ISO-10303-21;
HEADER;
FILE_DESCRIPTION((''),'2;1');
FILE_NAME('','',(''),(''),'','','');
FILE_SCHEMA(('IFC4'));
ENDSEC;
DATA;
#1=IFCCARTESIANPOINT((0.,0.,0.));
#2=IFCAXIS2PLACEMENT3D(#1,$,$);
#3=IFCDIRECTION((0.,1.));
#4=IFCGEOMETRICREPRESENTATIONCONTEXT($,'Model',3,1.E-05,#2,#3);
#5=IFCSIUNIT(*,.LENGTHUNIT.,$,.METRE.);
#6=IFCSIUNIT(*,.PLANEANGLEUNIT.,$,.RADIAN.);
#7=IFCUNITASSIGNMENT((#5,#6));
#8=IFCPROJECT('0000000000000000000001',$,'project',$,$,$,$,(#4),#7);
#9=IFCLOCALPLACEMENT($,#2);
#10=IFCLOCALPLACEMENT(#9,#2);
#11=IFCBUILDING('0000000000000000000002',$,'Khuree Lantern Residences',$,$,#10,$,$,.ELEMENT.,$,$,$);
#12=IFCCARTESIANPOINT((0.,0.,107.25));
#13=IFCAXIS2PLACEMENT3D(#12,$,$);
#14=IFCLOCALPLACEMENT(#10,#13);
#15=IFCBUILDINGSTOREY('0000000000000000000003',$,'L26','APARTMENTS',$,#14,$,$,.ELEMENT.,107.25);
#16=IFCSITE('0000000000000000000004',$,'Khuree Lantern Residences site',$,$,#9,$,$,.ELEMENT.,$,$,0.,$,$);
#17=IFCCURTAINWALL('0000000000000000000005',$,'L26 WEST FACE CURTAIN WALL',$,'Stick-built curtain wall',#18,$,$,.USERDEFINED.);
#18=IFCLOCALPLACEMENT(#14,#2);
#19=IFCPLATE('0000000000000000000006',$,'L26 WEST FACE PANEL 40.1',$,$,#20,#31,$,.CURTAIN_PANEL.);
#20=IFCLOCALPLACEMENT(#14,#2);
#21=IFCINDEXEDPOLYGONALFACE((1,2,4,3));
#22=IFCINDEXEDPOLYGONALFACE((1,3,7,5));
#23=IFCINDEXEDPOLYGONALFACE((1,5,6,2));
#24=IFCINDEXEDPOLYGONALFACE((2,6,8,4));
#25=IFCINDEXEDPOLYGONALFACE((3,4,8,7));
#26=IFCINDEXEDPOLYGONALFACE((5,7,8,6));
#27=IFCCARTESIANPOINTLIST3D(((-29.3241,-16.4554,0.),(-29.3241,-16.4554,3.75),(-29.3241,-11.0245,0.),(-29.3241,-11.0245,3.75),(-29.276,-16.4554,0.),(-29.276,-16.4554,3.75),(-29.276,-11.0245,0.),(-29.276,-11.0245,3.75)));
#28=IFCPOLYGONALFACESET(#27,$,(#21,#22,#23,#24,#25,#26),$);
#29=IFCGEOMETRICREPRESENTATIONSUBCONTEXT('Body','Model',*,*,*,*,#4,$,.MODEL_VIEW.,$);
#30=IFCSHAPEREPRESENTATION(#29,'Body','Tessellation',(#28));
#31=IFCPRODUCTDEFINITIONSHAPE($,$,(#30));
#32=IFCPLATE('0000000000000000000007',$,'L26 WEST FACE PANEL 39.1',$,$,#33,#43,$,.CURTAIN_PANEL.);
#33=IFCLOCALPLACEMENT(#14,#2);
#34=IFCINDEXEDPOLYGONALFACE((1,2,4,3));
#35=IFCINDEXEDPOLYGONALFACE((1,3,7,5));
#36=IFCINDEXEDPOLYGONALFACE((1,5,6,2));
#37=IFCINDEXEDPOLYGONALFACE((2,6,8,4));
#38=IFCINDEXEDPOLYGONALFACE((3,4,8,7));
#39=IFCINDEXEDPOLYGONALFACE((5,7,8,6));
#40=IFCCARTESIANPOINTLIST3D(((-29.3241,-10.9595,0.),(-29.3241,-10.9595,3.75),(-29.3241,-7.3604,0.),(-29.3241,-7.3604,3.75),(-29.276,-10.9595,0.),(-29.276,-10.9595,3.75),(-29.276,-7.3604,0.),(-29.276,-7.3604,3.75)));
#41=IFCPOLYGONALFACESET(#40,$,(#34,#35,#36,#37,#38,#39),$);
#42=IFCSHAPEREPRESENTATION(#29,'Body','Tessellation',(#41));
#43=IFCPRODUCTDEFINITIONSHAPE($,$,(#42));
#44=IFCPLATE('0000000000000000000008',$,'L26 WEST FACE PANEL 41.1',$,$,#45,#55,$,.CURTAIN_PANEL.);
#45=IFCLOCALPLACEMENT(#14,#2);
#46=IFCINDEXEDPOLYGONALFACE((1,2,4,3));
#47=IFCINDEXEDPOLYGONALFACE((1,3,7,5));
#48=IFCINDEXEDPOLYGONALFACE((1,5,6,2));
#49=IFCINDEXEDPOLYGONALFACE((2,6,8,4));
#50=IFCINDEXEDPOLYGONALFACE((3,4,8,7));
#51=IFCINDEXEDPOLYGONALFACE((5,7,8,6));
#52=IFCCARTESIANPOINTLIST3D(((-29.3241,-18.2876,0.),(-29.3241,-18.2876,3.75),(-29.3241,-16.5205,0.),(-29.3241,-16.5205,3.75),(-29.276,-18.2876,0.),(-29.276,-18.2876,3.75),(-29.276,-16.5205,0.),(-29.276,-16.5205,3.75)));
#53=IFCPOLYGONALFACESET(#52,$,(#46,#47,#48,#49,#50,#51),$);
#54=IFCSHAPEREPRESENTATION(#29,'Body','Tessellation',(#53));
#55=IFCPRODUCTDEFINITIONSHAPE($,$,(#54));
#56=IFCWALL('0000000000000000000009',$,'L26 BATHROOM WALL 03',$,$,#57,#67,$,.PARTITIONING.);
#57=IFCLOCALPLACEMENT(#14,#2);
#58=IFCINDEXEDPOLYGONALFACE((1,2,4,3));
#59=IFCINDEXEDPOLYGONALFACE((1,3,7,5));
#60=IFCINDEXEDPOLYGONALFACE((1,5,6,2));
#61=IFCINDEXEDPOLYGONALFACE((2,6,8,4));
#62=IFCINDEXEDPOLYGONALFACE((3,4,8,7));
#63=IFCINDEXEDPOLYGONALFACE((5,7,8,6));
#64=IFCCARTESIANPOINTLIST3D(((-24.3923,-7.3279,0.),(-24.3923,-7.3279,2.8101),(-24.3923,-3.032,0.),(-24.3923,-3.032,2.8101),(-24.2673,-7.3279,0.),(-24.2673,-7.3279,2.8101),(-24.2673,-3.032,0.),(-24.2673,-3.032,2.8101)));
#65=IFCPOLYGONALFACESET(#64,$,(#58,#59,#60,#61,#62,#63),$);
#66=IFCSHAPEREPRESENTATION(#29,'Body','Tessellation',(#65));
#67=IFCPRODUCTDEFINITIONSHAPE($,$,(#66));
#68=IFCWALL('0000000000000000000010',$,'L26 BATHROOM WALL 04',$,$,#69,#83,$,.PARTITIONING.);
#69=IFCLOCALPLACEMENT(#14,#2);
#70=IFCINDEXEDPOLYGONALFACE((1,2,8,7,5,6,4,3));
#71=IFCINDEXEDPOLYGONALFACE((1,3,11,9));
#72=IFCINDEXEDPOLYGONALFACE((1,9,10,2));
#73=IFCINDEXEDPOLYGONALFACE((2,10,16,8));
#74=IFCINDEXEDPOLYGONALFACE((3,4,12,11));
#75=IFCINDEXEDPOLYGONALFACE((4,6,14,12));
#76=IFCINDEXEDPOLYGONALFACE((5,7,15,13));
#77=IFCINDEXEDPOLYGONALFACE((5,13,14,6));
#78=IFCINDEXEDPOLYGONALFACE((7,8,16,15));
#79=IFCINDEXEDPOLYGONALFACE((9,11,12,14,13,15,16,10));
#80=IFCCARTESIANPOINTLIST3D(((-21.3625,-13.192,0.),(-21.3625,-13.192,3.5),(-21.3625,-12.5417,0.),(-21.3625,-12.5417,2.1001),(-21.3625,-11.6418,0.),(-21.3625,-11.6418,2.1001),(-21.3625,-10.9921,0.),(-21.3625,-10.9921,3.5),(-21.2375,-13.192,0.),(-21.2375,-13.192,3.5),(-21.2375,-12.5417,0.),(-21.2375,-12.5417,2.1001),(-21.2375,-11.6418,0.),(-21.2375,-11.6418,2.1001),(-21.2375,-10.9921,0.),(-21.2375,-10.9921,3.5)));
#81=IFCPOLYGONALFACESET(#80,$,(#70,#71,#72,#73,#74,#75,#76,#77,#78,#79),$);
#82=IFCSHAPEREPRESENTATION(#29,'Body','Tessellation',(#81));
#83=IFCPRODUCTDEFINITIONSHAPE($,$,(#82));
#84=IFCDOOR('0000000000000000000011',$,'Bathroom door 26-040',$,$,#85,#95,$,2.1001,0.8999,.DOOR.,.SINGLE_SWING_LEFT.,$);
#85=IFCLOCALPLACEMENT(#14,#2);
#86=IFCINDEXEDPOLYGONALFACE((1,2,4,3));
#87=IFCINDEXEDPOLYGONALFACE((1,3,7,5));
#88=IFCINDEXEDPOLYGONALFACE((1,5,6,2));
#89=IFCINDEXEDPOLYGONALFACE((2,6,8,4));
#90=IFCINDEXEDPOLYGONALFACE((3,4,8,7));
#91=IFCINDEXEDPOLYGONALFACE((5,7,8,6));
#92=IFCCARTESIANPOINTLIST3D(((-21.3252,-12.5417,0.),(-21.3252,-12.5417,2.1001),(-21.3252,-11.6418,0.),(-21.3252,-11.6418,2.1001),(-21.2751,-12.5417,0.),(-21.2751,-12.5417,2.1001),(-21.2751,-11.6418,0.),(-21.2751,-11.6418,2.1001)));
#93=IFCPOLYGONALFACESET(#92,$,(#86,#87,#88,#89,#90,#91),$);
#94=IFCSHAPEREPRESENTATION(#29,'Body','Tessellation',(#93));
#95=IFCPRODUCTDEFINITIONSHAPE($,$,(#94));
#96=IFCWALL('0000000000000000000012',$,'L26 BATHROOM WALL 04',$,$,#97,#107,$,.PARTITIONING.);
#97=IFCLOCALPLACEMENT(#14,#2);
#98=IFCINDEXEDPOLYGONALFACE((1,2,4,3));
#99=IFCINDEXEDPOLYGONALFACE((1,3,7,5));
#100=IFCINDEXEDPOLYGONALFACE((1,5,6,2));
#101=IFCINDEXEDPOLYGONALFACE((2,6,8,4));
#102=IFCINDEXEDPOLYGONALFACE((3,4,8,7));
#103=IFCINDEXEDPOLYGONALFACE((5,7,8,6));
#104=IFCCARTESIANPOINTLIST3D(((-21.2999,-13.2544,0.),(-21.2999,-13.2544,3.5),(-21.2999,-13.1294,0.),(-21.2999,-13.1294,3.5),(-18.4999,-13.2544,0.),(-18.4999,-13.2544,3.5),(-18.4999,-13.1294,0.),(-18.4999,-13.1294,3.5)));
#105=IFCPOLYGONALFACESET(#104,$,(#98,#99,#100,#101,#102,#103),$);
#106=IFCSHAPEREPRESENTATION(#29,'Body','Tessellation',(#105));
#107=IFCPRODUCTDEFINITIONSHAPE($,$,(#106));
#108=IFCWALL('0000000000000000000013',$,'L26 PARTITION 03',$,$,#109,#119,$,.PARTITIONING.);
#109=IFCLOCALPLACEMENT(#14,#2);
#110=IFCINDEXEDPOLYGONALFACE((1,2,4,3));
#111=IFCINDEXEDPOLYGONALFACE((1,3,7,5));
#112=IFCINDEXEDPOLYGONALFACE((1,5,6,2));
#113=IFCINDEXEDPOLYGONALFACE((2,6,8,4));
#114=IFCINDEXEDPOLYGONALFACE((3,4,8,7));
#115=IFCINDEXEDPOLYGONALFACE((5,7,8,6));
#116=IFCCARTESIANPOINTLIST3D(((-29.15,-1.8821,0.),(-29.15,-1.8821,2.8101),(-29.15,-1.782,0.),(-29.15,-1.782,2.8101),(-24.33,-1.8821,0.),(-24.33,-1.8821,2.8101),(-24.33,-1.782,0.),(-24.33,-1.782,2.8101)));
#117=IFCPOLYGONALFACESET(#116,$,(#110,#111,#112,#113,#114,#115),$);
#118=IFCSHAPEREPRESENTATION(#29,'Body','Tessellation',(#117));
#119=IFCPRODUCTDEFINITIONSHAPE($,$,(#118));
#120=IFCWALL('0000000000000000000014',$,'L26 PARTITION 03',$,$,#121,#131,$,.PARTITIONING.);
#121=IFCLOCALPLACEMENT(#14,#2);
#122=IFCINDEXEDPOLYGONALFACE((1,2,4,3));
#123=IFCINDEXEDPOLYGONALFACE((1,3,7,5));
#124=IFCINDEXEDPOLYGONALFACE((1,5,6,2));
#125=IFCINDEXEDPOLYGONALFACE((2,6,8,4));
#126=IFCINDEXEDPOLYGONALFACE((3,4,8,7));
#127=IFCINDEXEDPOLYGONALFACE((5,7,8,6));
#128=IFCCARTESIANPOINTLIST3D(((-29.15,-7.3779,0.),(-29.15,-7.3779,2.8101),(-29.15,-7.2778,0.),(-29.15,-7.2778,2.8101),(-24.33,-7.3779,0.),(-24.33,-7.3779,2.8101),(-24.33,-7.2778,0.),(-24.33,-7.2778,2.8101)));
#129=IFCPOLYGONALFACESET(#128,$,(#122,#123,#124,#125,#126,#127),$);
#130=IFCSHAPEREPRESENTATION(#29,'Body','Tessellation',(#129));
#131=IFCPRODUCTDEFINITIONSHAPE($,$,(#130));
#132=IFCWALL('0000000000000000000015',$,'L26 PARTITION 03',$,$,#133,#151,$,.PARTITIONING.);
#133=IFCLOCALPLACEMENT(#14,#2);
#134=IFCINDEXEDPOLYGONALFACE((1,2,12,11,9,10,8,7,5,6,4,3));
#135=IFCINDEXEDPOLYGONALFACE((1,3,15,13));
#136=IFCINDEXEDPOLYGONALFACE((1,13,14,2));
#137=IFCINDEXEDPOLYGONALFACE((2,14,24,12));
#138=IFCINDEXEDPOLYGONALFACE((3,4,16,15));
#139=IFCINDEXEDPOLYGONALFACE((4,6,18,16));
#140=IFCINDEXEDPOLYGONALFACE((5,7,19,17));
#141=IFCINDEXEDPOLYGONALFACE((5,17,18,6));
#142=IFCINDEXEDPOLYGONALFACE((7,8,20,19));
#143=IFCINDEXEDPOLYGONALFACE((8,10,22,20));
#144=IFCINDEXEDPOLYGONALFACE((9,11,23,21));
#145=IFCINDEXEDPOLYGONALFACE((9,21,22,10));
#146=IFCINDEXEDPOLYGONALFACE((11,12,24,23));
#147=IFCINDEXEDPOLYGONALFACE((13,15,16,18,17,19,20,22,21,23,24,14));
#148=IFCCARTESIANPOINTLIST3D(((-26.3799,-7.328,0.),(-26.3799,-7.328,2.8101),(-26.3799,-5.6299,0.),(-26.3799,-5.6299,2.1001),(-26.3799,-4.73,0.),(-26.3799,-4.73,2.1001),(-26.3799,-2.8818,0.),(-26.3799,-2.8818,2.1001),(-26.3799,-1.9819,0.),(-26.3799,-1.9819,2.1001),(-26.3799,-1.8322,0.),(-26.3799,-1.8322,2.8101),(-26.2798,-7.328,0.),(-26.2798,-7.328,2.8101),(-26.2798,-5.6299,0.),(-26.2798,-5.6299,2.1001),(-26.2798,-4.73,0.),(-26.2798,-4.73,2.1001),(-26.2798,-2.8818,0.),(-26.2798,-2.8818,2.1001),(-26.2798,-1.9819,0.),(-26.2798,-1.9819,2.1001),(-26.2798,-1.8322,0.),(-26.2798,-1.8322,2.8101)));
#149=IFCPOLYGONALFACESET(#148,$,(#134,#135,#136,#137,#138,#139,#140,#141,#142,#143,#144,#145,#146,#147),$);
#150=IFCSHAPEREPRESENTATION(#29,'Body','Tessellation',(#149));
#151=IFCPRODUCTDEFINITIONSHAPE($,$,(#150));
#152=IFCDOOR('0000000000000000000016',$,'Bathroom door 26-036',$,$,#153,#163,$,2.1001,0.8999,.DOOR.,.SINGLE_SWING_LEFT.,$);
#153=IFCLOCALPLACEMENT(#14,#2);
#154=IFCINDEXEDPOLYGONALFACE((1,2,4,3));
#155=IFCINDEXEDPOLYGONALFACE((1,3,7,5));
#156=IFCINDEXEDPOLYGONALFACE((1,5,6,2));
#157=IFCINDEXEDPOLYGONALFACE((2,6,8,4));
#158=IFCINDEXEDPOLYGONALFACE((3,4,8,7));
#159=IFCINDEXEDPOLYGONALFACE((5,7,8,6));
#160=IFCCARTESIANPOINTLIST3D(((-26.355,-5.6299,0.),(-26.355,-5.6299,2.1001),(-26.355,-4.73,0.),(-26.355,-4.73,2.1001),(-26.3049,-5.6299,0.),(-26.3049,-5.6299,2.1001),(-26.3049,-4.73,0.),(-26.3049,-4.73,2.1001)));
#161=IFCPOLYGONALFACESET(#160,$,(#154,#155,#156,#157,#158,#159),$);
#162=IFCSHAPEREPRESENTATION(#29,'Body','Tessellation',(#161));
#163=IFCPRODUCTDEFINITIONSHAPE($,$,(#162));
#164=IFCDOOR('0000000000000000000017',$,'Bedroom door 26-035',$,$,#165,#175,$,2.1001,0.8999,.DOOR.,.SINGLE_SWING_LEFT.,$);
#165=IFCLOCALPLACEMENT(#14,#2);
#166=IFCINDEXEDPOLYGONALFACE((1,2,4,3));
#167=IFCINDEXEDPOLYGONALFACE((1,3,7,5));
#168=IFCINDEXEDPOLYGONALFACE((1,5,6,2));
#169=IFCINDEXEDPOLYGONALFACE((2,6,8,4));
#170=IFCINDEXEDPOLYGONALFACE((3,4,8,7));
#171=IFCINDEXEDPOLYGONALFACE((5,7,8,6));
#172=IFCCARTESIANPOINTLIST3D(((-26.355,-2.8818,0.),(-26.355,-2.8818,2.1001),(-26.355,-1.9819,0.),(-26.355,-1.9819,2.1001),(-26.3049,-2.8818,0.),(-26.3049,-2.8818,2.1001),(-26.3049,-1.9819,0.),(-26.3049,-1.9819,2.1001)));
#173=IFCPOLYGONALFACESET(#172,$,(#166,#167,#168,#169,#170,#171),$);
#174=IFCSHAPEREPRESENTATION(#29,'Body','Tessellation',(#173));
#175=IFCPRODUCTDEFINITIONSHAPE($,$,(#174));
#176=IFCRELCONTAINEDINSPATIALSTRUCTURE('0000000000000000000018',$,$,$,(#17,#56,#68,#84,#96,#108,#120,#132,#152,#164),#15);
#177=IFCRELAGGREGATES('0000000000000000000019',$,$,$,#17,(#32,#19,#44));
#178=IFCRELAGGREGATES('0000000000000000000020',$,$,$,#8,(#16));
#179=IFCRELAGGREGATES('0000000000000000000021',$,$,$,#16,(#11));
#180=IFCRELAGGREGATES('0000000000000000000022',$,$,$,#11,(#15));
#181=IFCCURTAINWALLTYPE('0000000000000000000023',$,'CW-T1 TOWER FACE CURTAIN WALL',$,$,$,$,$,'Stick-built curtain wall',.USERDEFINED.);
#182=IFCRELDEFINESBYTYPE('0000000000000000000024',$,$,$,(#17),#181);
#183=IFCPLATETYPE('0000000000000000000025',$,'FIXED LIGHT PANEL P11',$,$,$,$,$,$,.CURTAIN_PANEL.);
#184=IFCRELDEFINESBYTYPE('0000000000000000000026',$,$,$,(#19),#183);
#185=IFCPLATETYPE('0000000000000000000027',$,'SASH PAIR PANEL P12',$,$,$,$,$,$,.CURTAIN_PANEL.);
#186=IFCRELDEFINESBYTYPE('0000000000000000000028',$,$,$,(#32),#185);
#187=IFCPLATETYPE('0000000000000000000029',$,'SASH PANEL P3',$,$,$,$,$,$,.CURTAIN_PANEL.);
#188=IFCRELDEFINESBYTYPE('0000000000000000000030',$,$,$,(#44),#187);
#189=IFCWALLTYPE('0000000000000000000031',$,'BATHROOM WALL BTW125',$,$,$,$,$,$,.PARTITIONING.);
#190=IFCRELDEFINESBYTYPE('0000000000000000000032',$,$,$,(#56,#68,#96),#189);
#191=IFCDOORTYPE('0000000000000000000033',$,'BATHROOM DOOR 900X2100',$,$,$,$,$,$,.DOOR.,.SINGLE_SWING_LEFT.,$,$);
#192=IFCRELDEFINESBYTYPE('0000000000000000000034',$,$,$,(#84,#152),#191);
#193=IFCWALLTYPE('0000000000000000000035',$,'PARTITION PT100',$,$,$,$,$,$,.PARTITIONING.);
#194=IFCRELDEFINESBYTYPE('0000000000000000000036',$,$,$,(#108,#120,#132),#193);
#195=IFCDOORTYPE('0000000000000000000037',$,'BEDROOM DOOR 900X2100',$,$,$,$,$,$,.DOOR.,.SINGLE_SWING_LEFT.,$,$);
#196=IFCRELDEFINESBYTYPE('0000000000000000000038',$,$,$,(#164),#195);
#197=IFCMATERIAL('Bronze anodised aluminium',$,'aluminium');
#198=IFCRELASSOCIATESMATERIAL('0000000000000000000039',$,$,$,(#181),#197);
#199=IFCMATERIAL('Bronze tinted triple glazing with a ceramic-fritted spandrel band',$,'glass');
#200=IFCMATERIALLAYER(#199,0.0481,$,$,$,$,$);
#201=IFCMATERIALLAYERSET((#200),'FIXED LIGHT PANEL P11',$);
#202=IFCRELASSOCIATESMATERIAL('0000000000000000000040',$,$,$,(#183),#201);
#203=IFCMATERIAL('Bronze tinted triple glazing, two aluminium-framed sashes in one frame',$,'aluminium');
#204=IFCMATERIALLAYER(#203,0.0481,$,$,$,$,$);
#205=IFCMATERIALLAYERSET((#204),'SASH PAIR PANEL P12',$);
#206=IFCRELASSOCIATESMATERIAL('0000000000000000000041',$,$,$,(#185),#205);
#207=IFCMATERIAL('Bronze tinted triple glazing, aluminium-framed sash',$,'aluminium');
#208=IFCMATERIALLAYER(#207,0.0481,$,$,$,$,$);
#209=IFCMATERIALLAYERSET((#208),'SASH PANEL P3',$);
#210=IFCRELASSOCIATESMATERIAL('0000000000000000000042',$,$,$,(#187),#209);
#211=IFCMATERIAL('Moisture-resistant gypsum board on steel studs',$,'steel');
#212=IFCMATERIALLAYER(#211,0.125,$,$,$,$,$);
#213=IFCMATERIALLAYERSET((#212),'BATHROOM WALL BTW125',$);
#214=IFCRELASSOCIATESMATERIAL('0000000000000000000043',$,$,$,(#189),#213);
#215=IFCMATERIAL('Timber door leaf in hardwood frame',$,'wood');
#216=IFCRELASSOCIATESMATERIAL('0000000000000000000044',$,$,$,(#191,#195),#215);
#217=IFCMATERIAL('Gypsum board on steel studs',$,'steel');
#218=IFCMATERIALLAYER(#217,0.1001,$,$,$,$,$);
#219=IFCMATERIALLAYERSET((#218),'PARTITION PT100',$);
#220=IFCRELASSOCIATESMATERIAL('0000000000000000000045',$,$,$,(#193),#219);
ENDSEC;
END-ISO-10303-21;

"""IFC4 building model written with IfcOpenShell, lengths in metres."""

from ifc_helpers import new_model, si_unit, direction, frame, frame_2d, origin, origin_2d, place, context, subcontext, project, spatial, rectangle, extrude, material, layer, layer_set, type_object, element, fill, aggregate, save


model = new_model("IFC4")

# Units and contexts
model_context = context("Model", 3, precision=1e-05, world=origin(), true_north=direction((0.0, 1.0)))
body_context = subcontext(model_context, "Body", "Model", "MODEL_VIEW")
ifc_project = project(units=[si_unit("LENGTHUNIT", "METRE"), si_unit("PLANEANGLEUNIT", "RADIAN")], contexts=[model_context])

# Site, building, storey
site_placement = place(None, origin())
site = spatial("IfcSite", under=ifc_project, at=site_placement, Name="Khuree Lantern Residences site", CompositionType="ELEMENT", RefElevation=0.0)
building_placement = place(site_placement, origin())
building = spatial("IfcBuilding", under=site, at=building_placement, Name="Khuree Lantern Residences", CompositionType="ELEMENT")
storey_placement = place(building_placement, frame((0.0, 0.0, 107.25)))
storey = spatial("IfcBuildingStorey", under=building, at=storey_placement, Name="L26", Description="APARTMENTS", CompositionType="ELEMENT", Elevation=107.25)

# Curtain wall
ifc_material_1 = material(Name="Bronze anodised aluminium", Category="aluminium")
curtain_wall_type = type_object("IfcCurtainWallType", Name="CW-T1 TOWER FACE CURTAIN WALL", ElementType="Stick-built curtain wall", PredefinedType="USERDEFINED", material=ifc_material_1)
curtain_wall_placement = place(storey_placement, origin())
curtain_wall = element("IfcCurtainWall", 1, at=curtain_wall_placement, inside=storey, type_object=curtain_wall_type, Name="L26 WEST FACE CURTAIN WALL", ObjectType="Stick-built curtain wall", PredefinedType="USERDEFINED")

# Plates
ifc_material_2 = material(Name="Bronze tinted triple glazing with a ceramic-fritted spandrel band", Category="glass")
ifc_layer_1 = layer(ifc_material_2, 0.0481)
ifc_layer_set_1 = layer_set([ifc_layer_1], Name="FIXED LIGHT PANEL P11")
plate_type_1 = type_object("IfcPlateType", Name="FIXED LIGHT PANEL P11", PredefinedType="CURTAIN_PANEL", material=ifc_layer_set_1)
plate_1_placement = place(storey_placement, frame((-29.3, -13.74, 0.0), z_axis=(0.0, 0.0, 1.0), x_axis=(0.0, -1.0, 0.0)))
plate_1 = element("IfcPlate", 2, at=plate_1_placement, type_object=plate_type_1, Name="L26 WEST FACE PANEL 40.1", PredefinedType="CURTAIN_PANEL", context=body_context, shape_type="SweptSolid", body=[
    extrude(rectangle(XDim=5.4309, YDim=0.0481, at=origin_2d()), origin(), (0.0, 0.0, 1.0), 3.75),
])
ifc_material_3 = material(Name="Bronze tinted triple glazing, two aluminium-framed sashes in one frame", Category="aluminium")
ifc_layer_2 = layer(ifc_material_3, 0.0481)
ifc_layer_set_2 = layer_set([ifc_layer_2], Name="SASH PAIR PANEL P12")
plate_type_2 = type_object("IfcPlateType", Name="SASH PAIR PANEL P12", PredefinedType="CURTAIN_PANEL", material=ifc_layer_set_2)
plate_2_placement = place(storey_placement, frame((-29.3, -9.1599, 0.0), z_axis=(0.0, 0.0, 1.0), x_axis=(0.0, -1.0, 0.0)))
plate_2 = element("IfcPlate", 3, at=plate_2_placement, type_object=plate_type_2, Name="L26 WEST FACE PANEL 39.1", PredefinedType="CURTAIN_PANEL", context=body_context, shape_type="SweptSolid", body=[
    extrude(rectangle(XDim=3.5991, YDim=0.0481, at=origin_2d()), origin(), (0.0, 0.0, 1.0), 3.75),
])
ifc_material_4 = material(Name="Bronze tinted triple glazing, aluminium-framed sash", Category="aluminium")
ifc_layer_3 = layer(ifc_material_4, 0.0481)
ifc_layer_set_3 = layer_set([ifc_layer_3], Name="SASH PANEL P3")
plate_type_3 = type_object("IfcPlateType", Name="SASH PANEL P3", PredefinedType="CURTAIN_PANEL", material=ifc_layer_set_3)
plate_3_placement = place(storey_placement, frame((-29.3, -17.4041, 0.0), z_axis=(0.0, 0.0, 1.0), x_axis=(0.0, -1.0, 0.0)))
plate_3 = element("IfcPlate", 4, at=plate_3_placement, type_object=plate_type_3, Name="L26 WEST FACE PANEL 41.1", PredefinedType="CURTAIN_PANEL", context=body_context, shape_type="SweptSolid", body=[
    extrude(rectangle(XDim=1.7671, YDim=0.0481, at=origin_2d()), origin(), (0.0, 0.0, 1.0), 3.75),
])
aggregate(curtain_wall, [plate_2, plate_1, plate_3])

# Wall
ifc_material_5 = material(Name="Moisture-resistant gypsum board on steel studs", Category="steel")
ifc_layer_4 = layer(ifc_material_5, 0.125)
ifc_layer_set_4 = layer_set([ifc_layer_4], Name="BATHROOM WALL BTW125")
wall_type_1 = type_object("IfcWallType", Name="BATHROOM WALL BTW125", PredefinedType="PARTITIONING", material=ifc_layer_set_4)
wall_1_placement = place(storey_placement, frame((-24.3298, -3.032, 0.0), z_axis=(0.0, 0.0, 1.0), x_axis=(0.0, -1.0, 0.0)))
element("IfcWall", 5, at=wall_1_placement, inside=storey, type_object=wall_type_1, Name="L26 BATHROOM WALL 03", PredefinedType="PARTITIONING", context=body_context, shape_type="SweptSolid", body=[
    extrude(rectangle(XDim=4.2959, YDim=0.125, at=frame_2d((2.1479, 0.0))), origin(), (0.0, 0.0, 1.0), 2.8101),
])

# Wall, opening, door
wall_2_placement = place(storey_placement, frame((-21.3, -10.9919, 0.0), z_axis=(0.0, 0.0, 1.0), x_axis=(0.0, -1.0, 0.0)))
wall_2 = element("IfcWall", 6, at=wall_2_placement, inside=storey, type_object=wall_type_1, Name="L26 BATHROOM WALL 04", PredefinedType="PARTITIONING", context=body_context, shape_type="SweptSolid", body=[
    extrude(rectangle(XDim=2.2, YDim=0.125, at=frame_2d((1.1001, 0.0))), origin(), (0.0, 0.0, 1.0), 3.5),
])
opening_1_placement = place(wall_2_placement, frame((0.6499, 0.0, 0.0)))
opening_1 = element("IfcOpeningElement", 7, at=opening_1_placement, cuts=wall_2, PredefinedType="OPENING", context=body_context, shape_type="SweptSolid", body=[
    extrude(rectangle(XDim=0.8999, YDim=2.1001, at=frame_2d((0.45, 1.05))), frame((0.0, 0.0725, 0.0), z_axis=(0.0, -1.0, 0.0), x_axis=(1.0, 0.0, 0.0)), (0.0, 0.0, 1.0), 0.145),
])
ifc_material_6 = material(Name="Timber door leaf in hardwood frame", Category="wood")
door_type_1 = type_object("IfcDoorType", Name="BATHROOM DOOR 900X2100", OperationType="SINGLE_SWING_LEFT", PredefinedType="DOOR", material=ifc_material_6)
door_1_placement = place(opening_1_placement, origin())
door_1 = element("IfcDoor", 8, at=door_1_placement, inside=storey, type_object=door_type_1, Name="Bathroom door 26-040", OperationType="SINGLE_SWING_LEFT", OverallHeight=2.1001, OverallWidth=0.8999, PredefinedType="DOOR", context=body_context, shape_type="SweptSolid", body=[
    extrude(rectangle(XDim=0.8999, YDim=2.1001, at=frame_2d((0.45, 1.05))), frame((0.0, 0.0249, 0.0), z_axis=(0.0, -1.0, 0.0), x_axis=(1.0, 0.0, 0.0)), (0.0, 0.0, 1.0), 0.05),
])
fill(opening_1, door_1)

# Walls
wall_3_placement = place(storey_placement, frame((-18.5, -13.1919, 0.0), z_axis=(0.0, 0.0, 1.0), x_axis=(-1.0, 0.0, 0.0)))
element("IfcWall", 9, at=wall_3_placement, inside=storey, type_object=wall_type_1, Name="L26 BATHROOM WALL 04", PredefinedType="PARTITIONING", context=body_context, shape_type="SweptSolid", body=[
    extrude(rectangle(XDim=2.8, YDim=0.125, at=frame_2d((1.3999, 0.0))), origin(), (0.0, 0.0, 1.0), 3.5),
])
ifc_material_7 = material(Name="Gypsum board on steel studs", Category="steel")
ifc_layer_5 = layer(ifc_material_7, 0.1001)
ifc_layer_set_5 = layer_set([ifc_layer_5], Name="PARTITION PT100")
wall_type_2 = type_object("IfcWallType", Name="PARTITION PT100", PredefinedType="PARTITIONING", material=ifc_layer_set_5)
for number, where, z_axis, x_axis, name in (
    (10, (-24.3298, -1.832, 0.0), (0.0, 0.0, 1.0), (-1.0, 0.0, 0.0), "L26 PARTITION 03"),
    (11, (-24.3298, -7.3279, 0.0), (0.0, 0.0, 1.0), (-1.0, 0.0, 0.0), "L26 PARTITION 03"),
):
    element("IfcWall", number, at=place(storey_placement, frame(where, z_axis=z_axis, x_axis=x_axis)), inside=storey, type_object=wall_type_2, Name=name, PredefinedType="PARTITIONING", context=body_context, shape_type="SweptSolid", body=[
        extrude(rectangle(XDim=4.8201, YDim=0.1001, at=frame_2d((2.4102, 0.0))), origin(), (0.0, 0.0, 1.0), 2.8101),
    ])

# Wall, openings, doors
wall_4_placement = place(storey_placement, frame((-26.3298, -1.832, 0.0), z_axis=(0.0, 0.0, 1.0), x_axis=(0.0, -1.0, 0.0)))
wall_4 = element("IfcWall", 12, at=wall_4_placement, inside=storey, type_object=wall_type_2, Name="L26 PARTITION 03", PredefinedType="PARTITIONING", context=body_context, shape_type="SweptSolid", body=[
    extrude(rectangle(XDim=5.4958, YDim=0.1001, at=frame_2d((2.748, 0.0))), origin(), (0.0, 0.0, 1.0), 2.8101),
])
opening_2_placement = place(wall_4_placement, frame((0.1499, 0.0, 0.0)))
opening_2 = element("IfcOpeningElement", 13, at=opening_2_placement, cuts=wall_4, PredefinedType="OPENING", context=body_context, shape_type="SweptSolid", body=[
    extrude(rectangle(XDim=0.8999, YDim=2.1001, at=frame_2d((0.45, 1.05))), frame((0.0, 0.0601, 0.0), z_axis=(0.0, -1.0, 0.0), x_axis=(1.0, 0.0, 0.0)), (0.0, 0.0, 1.0), 0.1201),
])
opening_3_placement = place(wall_4_placement, frame((2.8979, 0.0, 0.0)))
opening_3 = element("IfcOpeningElement", 14, at=opening_3_placement, cuts=wall_4, PredefinedType="OPENING", context=body_context, shape_type="SweptSolid", body=[
    extrude(rectangle(XDim=0.8999, YDim=2.1001, at=frame_2d((0.45, 1.05))), frame((0.0, 0.0601, 0.0), z_axis=(0.0, -1.0, 0.0), x_axis=(1.0, 0.0, 0.0)), (0.0, 0.0, 1.0), 0.1201),
])
door_2_placement = place(opening_3_placement, origin())
door_2 = element("IfcDoor", 15, at=door_2_placement, inside=storey, type_object=door_type_1, Name="Bathroom door 26-036", OperationType="SINGLE_SWING_LEFT", OverallHeight=2.1001, OverallWidth=0.8999, PredefinedType="DOOR", context=body_context, shape_type="SweptSolid", body=[
    extrude(rectangle(XDim=0.8999, YDim=2.1001, at=frame_2d((0.45, 1.05))), frame((0.0, 0.0249, 0.0), z_axis=(0.0, -1.0, 0.0), x_axis=(1.0, 0.0, 0.0)), (0.0, 0.0, 1.0), 0.05),
])
fill(opening_3, door_2)
door_type_2 = type_object("IfcDoorType", Name="BEDROOM DOOR 900X2100", OperationType="SINGLE_SWING_LEFT", PredefinedType="DOOR", material=ifc_material_6)
door_3_placement = place(opening_2_placement, origin())
door_3 = element("IfcDoor", 16, at=door_3_placement, inside=storey, type_object=door_type_2, Name="Bedroom door 26-035", OperationType="SINGLE_SWING_LEFT", OverallHeight=2.1001, OverallWidth=0.8999, PredefinedType="DOOR", context=body_context, shape_type="SweptSolid", body=[
    extrude(rectangle(XDim=0.8999, YDim=2.1001, at=frame_2d((0.45, 1.05))), frame((0.0, 0.0249, 0.0), z_axis=(0.0, -1.0, 0.0), x_axis=(1.0, 0.0, 0.0)), (0.0, 0.0, 1.0), 0.05),
])
fill(opening_2, door_3)

save(model, "model.ifc")
